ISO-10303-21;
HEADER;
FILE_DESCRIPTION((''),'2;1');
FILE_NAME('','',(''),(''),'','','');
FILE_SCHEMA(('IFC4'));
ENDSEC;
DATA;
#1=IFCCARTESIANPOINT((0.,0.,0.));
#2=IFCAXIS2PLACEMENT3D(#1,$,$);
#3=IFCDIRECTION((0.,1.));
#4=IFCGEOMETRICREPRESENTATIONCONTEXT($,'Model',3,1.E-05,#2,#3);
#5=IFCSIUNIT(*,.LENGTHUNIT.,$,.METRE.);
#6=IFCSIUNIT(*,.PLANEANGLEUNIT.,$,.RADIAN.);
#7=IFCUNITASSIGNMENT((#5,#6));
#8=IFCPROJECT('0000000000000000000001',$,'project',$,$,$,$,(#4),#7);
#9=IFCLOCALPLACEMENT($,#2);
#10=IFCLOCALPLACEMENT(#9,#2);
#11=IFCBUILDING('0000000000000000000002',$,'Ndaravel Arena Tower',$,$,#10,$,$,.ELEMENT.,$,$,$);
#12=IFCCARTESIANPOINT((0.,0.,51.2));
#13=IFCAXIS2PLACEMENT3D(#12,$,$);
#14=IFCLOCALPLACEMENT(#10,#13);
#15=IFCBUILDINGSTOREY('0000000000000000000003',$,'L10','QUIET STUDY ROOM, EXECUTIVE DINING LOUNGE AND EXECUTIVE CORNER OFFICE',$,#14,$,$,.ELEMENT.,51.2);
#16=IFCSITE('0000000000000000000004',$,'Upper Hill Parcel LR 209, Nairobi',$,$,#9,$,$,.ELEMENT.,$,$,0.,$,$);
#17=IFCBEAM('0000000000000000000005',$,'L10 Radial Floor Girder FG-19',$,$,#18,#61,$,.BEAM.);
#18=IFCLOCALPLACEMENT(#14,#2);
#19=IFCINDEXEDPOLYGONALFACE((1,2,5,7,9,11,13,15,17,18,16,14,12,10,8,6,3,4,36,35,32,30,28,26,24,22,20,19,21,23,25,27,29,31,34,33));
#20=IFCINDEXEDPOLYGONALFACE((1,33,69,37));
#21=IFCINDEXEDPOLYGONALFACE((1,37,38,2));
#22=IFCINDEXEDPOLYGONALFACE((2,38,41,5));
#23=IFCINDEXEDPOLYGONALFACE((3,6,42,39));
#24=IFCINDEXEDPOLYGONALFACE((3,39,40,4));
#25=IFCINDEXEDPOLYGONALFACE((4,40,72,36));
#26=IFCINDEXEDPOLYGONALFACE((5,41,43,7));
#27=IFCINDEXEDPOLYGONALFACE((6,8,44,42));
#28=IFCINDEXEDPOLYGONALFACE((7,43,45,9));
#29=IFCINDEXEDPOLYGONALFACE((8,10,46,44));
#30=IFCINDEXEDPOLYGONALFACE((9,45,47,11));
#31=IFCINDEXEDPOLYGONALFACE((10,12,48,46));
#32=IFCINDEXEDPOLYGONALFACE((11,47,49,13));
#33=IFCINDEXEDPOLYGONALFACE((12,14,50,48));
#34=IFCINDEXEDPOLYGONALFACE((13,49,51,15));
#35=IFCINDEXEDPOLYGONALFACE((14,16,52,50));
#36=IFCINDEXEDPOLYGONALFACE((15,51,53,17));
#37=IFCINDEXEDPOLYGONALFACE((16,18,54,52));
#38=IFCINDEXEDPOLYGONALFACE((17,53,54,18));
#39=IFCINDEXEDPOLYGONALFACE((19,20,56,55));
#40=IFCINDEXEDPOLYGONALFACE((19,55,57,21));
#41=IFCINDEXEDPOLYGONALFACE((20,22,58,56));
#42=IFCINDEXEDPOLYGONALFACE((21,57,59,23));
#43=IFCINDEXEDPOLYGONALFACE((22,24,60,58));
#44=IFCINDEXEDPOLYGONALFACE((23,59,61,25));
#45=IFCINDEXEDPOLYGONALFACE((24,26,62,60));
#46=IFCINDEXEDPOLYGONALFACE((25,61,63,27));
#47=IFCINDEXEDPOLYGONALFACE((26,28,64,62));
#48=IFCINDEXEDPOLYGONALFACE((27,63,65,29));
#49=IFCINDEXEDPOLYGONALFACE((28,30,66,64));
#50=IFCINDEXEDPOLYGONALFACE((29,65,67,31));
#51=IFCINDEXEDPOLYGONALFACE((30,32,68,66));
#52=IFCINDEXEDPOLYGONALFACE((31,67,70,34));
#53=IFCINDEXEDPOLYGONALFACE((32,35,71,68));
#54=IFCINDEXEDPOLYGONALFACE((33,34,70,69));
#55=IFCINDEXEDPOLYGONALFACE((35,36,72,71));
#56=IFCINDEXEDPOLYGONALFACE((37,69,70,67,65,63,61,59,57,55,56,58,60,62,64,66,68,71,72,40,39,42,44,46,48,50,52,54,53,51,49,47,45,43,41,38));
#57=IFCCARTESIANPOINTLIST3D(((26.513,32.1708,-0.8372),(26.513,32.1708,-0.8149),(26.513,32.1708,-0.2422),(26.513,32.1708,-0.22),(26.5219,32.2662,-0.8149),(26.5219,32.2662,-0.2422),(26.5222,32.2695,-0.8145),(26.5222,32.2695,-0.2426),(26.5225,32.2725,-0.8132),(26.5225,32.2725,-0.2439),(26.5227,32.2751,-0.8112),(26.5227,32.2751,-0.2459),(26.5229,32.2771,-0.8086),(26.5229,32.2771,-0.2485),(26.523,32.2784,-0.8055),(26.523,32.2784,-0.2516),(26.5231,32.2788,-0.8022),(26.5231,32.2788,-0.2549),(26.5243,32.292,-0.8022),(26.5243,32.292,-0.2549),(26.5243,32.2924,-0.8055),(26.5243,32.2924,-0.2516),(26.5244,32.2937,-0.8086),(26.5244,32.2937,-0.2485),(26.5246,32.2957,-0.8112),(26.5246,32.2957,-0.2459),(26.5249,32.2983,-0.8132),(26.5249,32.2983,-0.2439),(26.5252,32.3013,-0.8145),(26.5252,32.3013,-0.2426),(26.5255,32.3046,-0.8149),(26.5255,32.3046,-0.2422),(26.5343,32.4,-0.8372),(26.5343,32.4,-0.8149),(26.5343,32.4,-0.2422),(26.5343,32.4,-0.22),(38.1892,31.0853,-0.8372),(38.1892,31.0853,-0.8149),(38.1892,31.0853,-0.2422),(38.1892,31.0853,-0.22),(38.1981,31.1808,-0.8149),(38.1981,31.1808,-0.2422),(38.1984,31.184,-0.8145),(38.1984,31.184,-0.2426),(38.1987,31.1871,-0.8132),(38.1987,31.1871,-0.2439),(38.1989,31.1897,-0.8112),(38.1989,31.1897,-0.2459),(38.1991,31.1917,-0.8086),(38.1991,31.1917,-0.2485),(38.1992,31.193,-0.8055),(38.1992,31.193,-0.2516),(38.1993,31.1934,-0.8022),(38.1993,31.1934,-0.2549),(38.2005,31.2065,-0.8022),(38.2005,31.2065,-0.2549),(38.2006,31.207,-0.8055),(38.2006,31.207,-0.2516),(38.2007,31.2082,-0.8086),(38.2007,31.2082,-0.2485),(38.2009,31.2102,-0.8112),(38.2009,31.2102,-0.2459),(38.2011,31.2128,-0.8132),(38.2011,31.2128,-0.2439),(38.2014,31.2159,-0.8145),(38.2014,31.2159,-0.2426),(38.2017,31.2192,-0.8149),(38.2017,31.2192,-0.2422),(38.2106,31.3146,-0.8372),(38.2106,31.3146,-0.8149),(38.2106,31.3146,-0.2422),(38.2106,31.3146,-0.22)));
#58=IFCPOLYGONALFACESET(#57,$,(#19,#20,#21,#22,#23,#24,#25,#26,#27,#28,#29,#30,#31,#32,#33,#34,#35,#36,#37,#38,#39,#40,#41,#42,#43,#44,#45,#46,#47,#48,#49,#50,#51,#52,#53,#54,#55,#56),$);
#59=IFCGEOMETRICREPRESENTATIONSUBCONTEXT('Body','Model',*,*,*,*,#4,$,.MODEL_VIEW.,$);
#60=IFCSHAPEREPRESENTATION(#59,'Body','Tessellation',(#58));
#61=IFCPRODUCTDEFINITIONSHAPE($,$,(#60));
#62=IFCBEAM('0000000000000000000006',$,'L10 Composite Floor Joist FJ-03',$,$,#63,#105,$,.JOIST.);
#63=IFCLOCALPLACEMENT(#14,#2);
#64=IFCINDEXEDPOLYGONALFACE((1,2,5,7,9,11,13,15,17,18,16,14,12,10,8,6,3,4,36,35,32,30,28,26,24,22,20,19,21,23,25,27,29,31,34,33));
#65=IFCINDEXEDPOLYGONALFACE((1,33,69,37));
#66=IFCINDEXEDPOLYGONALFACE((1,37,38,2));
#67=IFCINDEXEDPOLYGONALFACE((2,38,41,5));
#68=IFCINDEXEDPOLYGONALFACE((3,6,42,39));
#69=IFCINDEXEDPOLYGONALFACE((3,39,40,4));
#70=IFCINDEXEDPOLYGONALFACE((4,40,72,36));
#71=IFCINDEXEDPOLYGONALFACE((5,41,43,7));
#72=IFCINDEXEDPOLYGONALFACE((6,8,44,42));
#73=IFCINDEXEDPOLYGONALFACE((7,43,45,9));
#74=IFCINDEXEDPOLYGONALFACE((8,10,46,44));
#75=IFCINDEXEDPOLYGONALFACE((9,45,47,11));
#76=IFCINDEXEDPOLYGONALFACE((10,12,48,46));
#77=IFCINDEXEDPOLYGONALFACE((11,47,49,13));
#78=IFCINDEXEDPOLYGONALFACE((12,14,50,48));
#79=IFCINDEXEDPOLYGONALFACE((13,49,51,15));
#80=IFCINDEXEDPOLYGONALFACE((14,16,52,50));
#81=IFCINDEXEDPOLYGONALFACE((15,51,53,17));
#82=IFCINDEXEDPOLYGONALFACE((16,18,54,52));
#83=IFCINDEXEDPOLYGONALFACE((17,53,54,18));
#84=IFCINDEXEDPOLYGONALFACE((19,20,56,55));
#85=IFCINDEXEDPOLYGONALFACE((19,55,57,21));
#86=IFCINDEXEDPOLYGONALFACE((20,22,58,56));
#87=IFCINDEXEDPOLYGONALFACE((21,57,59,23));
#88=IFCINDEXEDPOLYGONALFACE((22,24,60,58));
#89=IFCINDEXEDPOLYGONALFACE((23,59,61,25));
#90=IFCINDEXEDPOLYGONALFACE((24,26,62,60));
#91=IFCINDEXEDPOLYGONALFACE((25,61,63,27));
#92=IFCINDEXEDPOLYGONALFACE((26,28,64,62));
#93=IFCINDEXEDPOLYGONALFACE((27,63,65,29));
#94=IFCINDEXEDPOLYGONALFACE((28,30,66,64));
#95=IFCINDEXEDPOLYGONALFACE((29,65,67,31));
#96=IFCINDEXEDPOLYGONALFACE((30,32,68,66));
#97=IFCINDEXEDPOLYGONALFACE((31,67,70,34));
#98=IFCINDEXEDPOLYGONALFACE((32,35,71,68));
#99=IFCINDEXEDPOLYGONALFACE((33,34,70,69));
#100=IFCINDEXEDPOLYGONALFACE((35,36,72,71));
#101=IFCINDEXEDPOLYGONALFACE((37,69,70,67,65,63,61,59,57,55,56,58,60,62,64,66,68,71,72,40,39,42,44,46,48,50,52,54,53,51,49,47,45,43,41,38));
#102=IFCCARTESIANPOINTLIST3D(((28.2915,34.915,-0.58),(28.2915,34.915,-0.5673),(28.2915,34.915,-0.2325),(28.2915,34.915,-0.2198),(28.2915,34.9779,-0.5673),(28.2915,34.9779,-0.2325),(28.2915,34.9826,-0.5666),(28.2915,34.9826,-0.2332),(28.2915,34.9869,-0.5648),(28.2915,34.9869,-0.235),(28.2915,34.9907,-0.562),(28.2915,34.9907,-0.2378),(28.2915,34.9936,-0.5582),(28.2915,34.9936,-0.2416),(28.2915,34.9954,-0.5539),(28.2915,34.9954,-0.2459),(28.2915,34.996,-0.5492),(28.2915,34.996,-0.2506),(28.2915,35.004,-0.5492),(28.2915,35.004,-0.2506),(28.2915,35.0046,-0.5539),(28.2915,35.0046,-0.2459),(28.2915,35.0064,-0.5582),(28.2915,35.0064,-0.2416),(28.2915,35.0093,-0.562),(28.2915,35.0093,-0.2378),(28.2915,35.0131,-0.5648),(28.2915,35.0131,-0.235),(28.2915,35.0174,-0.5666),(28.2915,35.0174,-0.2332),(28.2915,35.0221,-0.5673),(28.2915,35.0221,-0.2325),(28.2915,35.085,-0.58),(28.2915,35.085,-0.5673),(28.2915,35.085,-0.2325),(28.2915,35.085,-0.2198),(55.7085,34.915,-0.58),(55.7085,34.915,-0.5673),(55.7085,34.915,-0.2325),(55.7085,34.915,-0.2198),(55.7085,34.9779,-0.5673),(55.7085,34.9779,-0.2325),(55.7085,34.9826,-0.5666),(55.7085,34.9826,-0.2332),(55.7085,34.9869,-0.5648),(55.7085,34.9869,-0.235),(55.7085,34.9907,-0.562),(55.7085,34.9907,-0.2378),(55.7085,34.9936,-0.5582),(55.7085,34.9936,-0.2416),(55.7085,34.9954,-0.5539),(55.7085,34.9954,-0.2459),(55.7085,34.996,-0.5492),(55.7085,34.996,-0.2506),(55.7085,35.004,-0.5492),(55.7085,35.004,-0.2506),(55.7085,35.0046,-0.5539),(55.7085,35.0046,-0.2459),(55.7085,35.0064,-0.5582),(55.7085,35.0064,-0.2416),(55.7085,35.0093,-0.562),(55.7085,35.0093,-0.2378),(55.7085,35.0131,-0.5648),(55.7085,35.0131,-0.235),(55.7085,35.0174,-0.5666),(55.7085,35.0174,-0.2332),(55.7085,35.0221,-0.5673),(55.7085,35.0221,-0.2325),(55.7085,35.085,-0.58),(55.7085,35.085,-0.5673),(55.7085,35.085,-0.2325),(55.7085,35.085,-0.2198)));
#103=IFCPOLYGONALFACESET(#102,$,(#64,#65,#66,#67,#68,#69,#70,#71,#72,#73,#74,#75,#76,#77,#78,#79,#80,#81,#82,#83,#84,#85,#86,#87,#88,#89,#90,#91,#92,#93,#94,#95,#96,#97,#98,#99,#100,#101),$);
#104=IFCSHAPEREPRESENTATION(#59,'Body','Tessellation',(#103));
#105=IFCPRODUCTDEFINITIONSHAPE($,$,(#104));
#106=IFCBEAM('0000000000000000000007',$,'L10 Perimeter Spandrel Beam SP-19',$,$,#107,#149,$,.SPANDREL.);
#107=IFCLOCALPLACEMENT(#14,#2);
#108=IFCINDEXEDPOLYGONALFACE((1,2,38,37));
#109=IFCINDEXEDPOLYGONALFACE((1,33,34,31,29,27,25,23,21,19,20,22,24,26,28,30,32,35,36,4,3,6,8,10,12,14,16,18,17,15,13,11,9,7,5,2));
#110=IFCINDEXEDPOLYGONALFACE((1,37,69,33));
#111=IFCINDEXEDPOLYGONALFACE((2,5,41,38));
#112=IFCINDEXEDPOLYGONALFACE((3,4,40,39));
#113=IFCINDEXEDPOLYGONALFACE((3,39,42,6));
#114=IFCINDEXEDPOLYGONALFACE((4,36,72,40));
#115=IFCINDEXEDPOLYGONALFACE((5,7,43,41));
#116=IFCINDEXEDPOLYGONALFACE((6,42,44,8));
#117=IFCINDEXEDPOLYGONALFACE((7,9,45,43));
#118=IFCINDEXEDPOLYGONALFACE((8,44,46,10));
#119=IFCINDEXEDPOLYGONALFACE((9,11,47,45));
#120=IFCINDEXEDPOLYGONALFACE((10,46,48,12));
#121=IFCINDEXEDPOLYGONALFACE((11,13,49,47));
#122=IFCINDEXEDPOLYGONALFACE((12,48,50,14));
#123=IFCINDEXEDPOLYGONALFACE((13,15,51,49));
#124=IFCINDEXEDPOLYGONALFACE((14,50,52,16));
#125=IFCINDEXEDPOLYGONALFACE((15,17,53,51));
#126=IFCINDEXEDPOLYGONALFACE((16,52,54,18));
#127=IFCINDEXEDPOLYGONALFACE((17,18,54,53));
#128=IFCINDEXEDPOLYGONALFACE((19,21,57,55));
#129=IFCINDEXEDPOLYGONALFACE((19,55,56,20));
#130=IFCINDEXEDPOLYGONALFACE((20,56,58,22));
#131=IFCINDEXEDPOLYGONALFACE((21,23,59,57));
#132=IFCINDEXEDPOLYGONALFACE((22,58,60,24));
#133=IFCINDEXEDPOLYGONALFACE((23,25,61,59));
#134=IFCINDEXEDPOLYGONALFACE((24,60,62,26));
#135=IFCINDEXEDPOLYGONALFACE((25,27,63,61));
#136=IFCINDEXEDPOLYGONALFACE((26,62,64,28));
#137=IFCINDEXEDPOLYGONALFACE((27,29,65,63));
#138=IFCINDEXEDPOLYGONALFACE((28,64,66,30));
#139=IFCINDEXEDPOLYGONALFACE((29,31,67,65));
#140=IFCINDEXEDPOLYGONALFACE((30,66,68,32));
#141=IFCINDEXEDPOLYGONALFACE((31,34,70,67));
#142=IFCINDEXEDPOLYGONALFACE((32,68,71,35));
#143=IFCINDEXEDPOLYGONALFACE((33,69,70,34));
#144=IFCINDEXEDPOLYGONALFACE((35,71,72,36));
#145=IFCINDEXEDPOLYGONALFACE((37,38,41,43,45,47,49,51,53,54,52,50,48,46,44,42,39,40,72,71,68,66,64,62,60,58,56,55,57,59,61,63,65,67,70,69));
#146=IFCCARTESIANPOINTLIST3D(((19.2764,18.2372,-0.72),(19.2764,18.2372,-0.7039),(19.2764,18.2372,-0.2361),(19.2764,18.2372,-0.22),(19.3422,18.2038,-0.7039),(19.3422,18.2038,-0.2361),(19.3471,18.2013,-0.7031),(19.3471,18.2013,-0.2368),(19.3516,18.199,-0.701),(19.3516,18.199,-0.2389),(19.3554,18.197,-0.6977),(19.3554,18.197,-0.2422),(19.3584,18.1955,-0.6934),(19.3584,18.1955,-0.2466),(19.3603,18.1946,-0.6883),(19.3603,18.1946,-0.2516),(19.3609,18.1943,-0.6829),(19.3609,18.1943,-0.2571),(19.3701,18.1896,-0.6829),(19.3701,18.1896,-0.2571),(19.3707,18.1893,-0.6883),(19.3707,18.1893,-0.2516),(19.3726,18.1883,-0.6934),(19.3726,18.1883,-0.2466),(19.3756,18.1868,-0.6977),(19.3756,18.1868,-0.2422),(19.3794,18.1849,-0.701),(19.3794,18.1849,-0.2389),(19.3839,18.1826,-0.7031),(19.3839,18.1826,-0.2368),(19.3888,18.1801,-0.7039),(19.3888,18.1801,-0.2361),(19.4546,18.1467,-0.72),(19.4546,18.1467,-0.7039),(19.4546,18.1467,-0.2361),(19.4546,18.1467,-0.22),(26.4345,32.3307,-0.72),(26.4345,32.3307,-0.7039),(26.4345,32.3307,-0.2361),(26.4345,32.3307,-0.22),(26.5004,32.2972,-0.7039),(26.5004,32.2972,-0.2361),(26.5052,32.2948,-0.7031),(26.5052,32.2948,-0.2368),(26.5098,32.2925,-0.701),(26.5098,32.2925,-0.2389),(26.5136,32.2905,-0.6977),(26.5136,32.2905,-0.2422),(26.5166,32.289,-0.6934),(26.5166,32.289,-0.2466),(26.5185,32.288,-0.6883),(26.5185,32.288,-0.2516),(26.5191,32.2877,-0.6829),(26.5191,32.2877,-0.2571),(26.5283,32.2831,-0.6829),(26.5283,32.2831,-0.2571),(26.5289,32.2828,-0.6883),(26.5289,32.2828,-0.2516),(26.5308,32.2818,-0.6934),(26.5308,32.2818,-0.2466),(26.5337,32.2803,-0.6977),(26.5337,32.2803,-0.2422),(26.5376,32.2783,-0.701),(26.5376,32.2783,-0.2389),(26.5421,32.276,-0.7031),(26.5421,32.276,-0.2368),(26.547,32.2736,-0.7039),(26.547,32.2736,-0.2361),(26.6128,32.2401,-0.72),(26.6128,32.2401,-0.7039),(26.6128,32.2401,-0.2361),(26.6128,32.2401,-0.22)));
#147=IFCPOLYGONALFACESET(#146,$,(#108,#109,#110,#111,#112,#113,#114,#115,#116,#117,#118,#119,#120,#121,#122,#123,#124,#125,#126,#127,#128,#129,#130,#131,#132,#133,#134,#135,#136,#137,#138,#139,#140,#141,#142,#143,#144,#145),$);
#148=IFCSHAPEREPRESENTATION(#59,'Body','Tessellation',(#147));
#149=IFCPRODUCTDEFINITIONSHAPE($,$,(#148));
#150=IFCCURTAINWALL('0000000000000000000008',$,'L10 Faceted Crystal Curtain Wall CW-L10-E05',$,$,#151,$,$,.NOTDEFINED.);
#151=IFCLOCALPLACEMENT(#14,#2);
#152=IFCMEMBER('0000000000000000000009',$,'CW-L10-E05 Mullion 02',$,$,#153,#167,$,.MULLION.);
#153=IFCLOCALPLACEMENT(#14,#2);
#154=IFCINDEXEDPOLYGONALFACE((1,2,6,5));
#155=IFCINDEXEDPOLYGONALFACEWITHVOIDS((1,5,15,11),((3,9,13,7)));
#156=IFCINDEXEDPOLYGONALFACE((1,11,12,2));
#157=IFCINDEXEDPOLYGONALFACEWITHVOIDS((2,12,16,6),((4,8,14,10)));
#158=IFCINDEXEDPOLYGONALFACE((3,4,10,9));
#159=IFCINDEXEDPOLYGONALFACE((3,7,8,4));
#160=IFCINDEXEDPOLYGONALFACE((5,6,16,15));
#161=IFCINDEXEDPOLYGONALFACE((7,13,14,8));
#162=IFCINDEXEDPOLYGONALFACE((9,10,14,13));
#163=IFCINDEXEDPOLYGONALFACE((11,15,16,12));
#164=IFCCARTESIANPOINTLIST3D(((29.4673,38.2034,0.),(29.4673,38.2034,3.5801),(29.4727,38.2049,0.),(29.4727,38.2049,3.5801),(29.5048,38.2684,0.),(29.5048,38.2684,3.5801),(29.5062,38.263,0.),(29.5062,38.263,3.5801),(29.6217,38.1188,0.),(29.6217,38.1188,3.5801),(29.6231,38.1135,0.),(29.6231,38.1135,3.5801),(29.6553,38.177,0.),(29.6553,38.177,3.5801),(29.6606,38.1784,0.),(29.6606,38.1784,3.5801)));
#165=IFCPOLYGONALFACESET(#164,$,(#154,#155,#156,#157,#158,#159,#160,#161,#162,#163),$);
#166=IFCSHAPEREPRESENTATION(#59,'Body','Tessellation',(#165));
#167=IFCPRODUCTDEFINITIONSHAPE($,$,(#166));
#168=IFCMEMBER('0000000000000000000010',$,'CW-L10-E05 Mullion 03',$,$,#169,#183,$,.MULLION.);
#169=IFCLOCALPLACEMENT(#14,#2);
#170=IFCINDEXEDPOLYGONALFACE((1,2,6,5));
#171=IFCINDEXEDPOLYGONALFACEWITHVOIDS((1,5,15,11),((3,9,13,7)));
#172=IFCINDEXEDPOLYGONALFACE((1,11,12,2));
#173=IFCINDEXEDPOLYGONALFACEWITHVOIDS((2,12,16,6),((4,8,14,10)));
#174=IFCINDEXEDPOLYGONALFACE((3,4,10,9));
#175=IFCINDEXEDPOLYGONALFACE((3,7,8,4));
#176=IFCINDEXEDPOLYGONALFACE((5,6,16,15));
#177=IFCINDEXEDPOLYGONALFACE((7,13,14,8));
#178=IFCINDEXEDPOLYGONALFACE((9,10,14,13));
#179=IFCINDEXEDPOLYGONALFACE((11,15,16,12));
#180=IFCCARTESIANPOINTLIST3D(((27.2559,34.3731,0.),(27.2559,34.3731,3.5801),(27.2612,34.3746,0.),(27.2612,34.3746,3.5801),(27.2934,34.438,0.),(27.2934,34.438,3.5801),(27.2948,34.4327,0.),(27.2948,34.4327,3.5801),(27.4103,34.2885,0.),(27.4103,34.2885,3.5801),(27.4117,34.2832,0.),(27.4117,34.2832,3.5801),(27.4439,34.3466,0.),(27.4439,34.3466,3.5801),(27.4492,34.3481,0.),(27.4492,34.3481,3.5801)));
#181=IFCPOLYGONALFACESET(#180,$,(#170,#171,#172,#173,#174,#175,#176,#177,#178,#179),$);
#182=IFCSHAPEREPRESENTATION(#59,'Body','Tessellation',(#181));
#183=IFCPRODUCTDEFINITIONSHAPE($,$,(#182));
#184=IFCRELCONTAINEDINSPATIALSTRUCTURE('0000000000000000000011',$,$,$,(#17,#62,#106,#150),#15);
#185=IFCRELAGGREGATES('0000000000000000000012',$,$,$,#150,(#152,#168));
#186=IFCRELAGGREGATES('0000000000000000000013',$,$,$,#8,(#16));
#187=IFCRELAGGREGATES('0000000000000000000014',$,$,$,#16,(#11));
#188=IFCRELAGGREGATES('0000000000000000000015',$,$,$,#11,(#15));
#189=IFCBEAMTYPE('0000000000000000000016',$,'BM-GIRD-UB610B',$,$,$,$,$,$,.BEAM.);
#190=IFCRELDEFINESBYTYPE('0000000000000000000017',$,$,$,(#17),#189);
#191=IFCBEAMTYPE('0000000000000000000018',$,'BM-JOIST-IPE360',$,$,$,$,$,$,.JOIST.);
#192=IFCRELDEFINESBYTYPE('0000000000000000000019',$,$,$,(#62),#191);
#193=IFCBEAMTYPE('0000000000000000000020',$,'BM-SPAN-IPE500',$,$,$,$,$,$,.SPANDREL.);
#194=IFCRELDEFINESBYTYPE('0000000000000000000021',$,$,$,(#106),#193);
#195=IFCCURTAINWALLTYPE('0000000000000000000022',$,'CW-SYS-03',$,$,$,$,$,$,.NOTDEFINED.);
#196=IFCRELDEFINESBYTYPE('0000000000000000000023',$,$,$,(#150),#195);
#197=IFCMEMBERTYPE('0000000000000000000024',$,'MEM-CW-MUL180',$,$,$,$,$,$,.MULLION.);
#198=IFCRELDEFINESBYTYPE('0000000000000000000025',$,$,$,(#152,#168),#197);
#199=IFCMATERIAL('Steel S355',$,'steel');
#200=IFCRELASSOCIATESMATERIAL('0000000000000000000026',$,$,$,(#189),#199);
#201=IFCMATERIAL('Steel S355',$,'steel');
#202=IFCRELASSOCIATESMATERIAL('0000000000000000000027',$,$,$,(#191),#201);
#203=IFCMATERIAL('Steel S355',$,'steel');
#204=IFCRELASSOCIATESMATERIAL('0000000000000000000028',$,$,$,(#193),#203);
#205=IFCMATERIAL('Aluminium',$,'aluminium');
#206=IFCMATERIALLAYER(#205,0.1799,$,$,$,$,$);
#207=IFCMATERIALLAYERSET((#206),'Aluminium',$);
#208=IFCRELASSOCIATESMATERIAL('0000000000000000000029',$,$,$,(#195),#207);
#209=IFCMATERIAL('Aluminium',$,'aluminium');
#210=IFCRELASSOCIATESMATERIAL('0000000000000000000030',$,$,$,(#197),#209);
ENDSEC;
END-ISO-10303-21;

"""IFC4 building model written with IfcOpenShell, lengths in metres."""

from ifc_helpers import new_model, si_unit, direction, frame, origin, origin_2d, place, context, subcontext, project, spatial, hollow_rectangle, i_section, extrude, material, layer, layer_set, material_profile, profile_set, type_object, element, aggregate, save


model = new_model("IFC4")

# Units and contexts
model_context = context("Model", 3, precision=1e-05, world=origin(), true_north=direction((0.0, 1.0)))
body_context = subcontext(model_context, "Body", "Model", "MODEL_VIEW")
ifc_project = project(units=[si_unit("LENGTHUNIT", "METRE"), si_unit("PLANEANGLEUNIT", "RADIAN")], contexts=[model_context])

# Site, building, storey
site_placement = place(None, origin())
site = spatial("IfcSite", under=ifc_project, at=site_placement, Name="Upper Hill Parcel LR 209, Nairobi", CompositionType="ELEMENT", RefElevation=0.0)
building_placement = place(site_placement, origin())
building = spatial("IfcBuilding", under=site, at=building_placement, Name="Ndaravel Arena Tower", CompositionType="ELEMENT")
storey_placement = place(building_placement, frame((0.0, 0.0, 51.2)))
storey = spatial("IfcBuildingStorey", under=building, at=storey_placement, Name="L10", Description="QUIET STUDY ROOM, EXECUTIVE DINING LOUNGE AND EXECUTIVE CORNER OFFICE", CompositionType="ELEMENT", Elevation=51.2)

# Beams
ifc_material_1 = material(Name="Steel S355", Category="steel")
ifc_material_profile_1 = material_profile(ifc_material_1, i_section(OverallWidth=0.2302, OverallDepth=0.6172, WebThickness=0.0132, FlangeThickness=0.0222, FilletRadius=0.0127, at=origin_2d()), Name="UB 610x229x140")
ifc_profile_set_1 = profile_set([ifc_material_profile_1], Name="Steel S355")
beam_type_1 = type_object("IfcBeamType", Name="BM-GIRD-UB610B", PredefinedType="BEAM", material=ifc_profile_set_1)
beam_1_placement = place(storey_placement, frame((26.5237, 32.2854, -0.5286), z_axis=(0.995707, -0.092563, 0.0), x_axis=(0.092563, 0.995707, 0.0)))
element("IfcBeam", 1, at=beam_1_placement, inside=storey, type_object=beam_type_1, Name="L10 Radial Floor Girder FG-19", PredefinedType="BEAM", context=body_context, shape_type="SweptSolid", body=[
    extrude(i_section(OverallWidth=0.2302, OverallDepth=0.6172, WebThickness=0.0132, FlangeThickness=0.0222, FilletRadius=0.0127, at=origin_2d()), origin(), (0.0, 0.0, 1.0), 11.7266),
])
ifc_material_2 = material(Name="Steel S355", Category="steel")
ifc_material_profile_2 = material_profile(ifc_material_2, i_section(OverallWidth=0.1699, OverallDepth=0.3601, WebThickness=0.0081, FlangeThickness=0.0127, FilletRadius=0.0181, at=origin_2d()), Name="IPE 360")
ifc_profile_set_2 = profile_set([ifc_material_profile_2], Name="Steel S355")
beam_type_2 = type_object("IfcBeamType", Name="BM-JOIST-IPE360", PredefinedType="JOIST", material=ifc_profile_set_2)
beam_2_placement = place(storey_placement, frame((28.2915, 35.0, -0.3999), z_axis=(1.0, 0.0, 0.0), x_axis=(0.0, 1.0, 0.0)))
element("IfcBeam", 2, at=beam_2_placement, inside=storey, type_object=beam_type_2, Name="L10 Composite Floor Joist FJ-03", PredefinedType="JOIST", context=body_context, shape_type="SweptSolid", body=[
    extrude(i_section(OverallWidth=0.1699, OverallDepth=0.3601, WebThickness=0.0081, FlangeThickness=0.0127, FilletRadius=0.0181, at=origin_2d()), origin(), (0.0, 0.0, 1.0), 27.417),
])
ifc_material_3 = material(Name="Steel S355", Category="steel")
ifc_material_profile_3 = material_profile(ifc_material_3, i_section(OverallWidth=0.2, OverallDepth=0.5, WebThickness=0.0103, FlangeThickness=0.0161, FilletRadius=0.021, at=origin_2d()), Name="IPE 500")
ifc_profile_set_3 = profile_set([ifc_material_profile_3], Name="Steel S355")
beam_type_3 = type_object("IfcBeamType", Name="BM-SPAN-IPE500", PredefinedType="SPANDREL", material=ifc_profile_set_3)
beam_3_placement = place(storey_placement, frame((26.5237, 32.2854, -0.47), z_axis=(-0.452845, -0.891589, 0.0), x_axis=(0.891589, -0.452845, 0.0)))
element("IfcBeam", 3, at=beam_3_placement, inside=storey, type_object=beam_type_3, Name="L10 Perimeter Spandrel Beam SP-19", PredefinedType="SPANDREL", context=body_context, shape_type="SweptSolid", body=[
    extrude(i_section(OverallWidth=0.2, OverallDepth=0.5, WebThickness=0.0103, FlangeThickness=0.0161, FilletRadius=0.021, at=origin_2d()), origin(), (0.0, 0.0, 1.0), 15.8071),
])

# Curtain wall, members
ifc_material_4 = material(Name="Aluminium", Category="aluminium")
ifc_layer_1 = layer(ifc_material_4, 0.1799)
ifc_layer_set_1 = layer_set([ifc_layer_1], Name="Aluminium")
curtain_wall_type = type_object("IfcCurtainWallType", Name="CW-SYS-03", PredefinedType="NOTDEFINED", material=ifc_layer_set_1)
curtain_wall_placement = place(storey_placement, origin())
curtain_wall = element("IfcCurtainWall", 4, at=curtain_wall_placement, inside=storey, type_object=curtain_wall_type, Name="L10 Faceted Crystal Curtain Wall CW-L10-E05", PredefinedType="NOTDEFINED")
ifc_material_5 = material(Name="Aluminium", Category="aluminium")
ifc_material_profile_4 = material_profile(ifc_material_5, hollow_rectangle(XDim=0.075, YDim=0.1799, WallThickness=0.0039, at=origin_2d()), Name="CW MULLION 75x180x4")
ifc_profile_set_4 = profile_set([ifc_material_profile_4], Name="Aluminium")
member_type = type_object("IfcMemberType", Name="MEM-CW-MUL180", PredefinedType="MULLION", material=ifc_profile_set_4)
member_1_placement = place(storey_placement, frame((29.564, 38.1909, 0.0), z_axis=(0.0, 0.0, 1.0), x_axis=(-0.5, -0.866025, 0.0)))
member_1 = element("IfcMember", 5, at=member_1_placement, type_object=member_type, Name="CW-L10-E05 Mullion 02", PredefinedType="MULLION", context=body_context, shape_type="SweptSolid", body=[
    extrude(hollow_rectangle(XDim=0.075, YDim=0.1799, WallThickness=0.0039, at=origin_2d()), origin(), (0.0, 0.0, 1.0), 3.5801),
])
member_2_placement = place(storey_placement, frame((27.3525, 34.3606, 0.0), z_axis=(0.0, 0.0, 1.0), x_axis=(-0.5, -0.866025, 0.0)))
member_2 = element("IfcMember", 6, at=member_2_placement, type_object=member_type, Name="CW-L10-E05 Mullion 03", PredefinedType="MULLION", context=body_context, shape_type="SweptSolid", body=[
    extrude(hollow_rectangle(XDim=0.075, YDim=0.1799, WallThickness=0.0039, at=origin_2d()), origin(), (0.0, 0.0, 1.0), 3.5801),
])
aggregate(curtain_wall, [member_1, member_2])

save(model, "model.ifc")
